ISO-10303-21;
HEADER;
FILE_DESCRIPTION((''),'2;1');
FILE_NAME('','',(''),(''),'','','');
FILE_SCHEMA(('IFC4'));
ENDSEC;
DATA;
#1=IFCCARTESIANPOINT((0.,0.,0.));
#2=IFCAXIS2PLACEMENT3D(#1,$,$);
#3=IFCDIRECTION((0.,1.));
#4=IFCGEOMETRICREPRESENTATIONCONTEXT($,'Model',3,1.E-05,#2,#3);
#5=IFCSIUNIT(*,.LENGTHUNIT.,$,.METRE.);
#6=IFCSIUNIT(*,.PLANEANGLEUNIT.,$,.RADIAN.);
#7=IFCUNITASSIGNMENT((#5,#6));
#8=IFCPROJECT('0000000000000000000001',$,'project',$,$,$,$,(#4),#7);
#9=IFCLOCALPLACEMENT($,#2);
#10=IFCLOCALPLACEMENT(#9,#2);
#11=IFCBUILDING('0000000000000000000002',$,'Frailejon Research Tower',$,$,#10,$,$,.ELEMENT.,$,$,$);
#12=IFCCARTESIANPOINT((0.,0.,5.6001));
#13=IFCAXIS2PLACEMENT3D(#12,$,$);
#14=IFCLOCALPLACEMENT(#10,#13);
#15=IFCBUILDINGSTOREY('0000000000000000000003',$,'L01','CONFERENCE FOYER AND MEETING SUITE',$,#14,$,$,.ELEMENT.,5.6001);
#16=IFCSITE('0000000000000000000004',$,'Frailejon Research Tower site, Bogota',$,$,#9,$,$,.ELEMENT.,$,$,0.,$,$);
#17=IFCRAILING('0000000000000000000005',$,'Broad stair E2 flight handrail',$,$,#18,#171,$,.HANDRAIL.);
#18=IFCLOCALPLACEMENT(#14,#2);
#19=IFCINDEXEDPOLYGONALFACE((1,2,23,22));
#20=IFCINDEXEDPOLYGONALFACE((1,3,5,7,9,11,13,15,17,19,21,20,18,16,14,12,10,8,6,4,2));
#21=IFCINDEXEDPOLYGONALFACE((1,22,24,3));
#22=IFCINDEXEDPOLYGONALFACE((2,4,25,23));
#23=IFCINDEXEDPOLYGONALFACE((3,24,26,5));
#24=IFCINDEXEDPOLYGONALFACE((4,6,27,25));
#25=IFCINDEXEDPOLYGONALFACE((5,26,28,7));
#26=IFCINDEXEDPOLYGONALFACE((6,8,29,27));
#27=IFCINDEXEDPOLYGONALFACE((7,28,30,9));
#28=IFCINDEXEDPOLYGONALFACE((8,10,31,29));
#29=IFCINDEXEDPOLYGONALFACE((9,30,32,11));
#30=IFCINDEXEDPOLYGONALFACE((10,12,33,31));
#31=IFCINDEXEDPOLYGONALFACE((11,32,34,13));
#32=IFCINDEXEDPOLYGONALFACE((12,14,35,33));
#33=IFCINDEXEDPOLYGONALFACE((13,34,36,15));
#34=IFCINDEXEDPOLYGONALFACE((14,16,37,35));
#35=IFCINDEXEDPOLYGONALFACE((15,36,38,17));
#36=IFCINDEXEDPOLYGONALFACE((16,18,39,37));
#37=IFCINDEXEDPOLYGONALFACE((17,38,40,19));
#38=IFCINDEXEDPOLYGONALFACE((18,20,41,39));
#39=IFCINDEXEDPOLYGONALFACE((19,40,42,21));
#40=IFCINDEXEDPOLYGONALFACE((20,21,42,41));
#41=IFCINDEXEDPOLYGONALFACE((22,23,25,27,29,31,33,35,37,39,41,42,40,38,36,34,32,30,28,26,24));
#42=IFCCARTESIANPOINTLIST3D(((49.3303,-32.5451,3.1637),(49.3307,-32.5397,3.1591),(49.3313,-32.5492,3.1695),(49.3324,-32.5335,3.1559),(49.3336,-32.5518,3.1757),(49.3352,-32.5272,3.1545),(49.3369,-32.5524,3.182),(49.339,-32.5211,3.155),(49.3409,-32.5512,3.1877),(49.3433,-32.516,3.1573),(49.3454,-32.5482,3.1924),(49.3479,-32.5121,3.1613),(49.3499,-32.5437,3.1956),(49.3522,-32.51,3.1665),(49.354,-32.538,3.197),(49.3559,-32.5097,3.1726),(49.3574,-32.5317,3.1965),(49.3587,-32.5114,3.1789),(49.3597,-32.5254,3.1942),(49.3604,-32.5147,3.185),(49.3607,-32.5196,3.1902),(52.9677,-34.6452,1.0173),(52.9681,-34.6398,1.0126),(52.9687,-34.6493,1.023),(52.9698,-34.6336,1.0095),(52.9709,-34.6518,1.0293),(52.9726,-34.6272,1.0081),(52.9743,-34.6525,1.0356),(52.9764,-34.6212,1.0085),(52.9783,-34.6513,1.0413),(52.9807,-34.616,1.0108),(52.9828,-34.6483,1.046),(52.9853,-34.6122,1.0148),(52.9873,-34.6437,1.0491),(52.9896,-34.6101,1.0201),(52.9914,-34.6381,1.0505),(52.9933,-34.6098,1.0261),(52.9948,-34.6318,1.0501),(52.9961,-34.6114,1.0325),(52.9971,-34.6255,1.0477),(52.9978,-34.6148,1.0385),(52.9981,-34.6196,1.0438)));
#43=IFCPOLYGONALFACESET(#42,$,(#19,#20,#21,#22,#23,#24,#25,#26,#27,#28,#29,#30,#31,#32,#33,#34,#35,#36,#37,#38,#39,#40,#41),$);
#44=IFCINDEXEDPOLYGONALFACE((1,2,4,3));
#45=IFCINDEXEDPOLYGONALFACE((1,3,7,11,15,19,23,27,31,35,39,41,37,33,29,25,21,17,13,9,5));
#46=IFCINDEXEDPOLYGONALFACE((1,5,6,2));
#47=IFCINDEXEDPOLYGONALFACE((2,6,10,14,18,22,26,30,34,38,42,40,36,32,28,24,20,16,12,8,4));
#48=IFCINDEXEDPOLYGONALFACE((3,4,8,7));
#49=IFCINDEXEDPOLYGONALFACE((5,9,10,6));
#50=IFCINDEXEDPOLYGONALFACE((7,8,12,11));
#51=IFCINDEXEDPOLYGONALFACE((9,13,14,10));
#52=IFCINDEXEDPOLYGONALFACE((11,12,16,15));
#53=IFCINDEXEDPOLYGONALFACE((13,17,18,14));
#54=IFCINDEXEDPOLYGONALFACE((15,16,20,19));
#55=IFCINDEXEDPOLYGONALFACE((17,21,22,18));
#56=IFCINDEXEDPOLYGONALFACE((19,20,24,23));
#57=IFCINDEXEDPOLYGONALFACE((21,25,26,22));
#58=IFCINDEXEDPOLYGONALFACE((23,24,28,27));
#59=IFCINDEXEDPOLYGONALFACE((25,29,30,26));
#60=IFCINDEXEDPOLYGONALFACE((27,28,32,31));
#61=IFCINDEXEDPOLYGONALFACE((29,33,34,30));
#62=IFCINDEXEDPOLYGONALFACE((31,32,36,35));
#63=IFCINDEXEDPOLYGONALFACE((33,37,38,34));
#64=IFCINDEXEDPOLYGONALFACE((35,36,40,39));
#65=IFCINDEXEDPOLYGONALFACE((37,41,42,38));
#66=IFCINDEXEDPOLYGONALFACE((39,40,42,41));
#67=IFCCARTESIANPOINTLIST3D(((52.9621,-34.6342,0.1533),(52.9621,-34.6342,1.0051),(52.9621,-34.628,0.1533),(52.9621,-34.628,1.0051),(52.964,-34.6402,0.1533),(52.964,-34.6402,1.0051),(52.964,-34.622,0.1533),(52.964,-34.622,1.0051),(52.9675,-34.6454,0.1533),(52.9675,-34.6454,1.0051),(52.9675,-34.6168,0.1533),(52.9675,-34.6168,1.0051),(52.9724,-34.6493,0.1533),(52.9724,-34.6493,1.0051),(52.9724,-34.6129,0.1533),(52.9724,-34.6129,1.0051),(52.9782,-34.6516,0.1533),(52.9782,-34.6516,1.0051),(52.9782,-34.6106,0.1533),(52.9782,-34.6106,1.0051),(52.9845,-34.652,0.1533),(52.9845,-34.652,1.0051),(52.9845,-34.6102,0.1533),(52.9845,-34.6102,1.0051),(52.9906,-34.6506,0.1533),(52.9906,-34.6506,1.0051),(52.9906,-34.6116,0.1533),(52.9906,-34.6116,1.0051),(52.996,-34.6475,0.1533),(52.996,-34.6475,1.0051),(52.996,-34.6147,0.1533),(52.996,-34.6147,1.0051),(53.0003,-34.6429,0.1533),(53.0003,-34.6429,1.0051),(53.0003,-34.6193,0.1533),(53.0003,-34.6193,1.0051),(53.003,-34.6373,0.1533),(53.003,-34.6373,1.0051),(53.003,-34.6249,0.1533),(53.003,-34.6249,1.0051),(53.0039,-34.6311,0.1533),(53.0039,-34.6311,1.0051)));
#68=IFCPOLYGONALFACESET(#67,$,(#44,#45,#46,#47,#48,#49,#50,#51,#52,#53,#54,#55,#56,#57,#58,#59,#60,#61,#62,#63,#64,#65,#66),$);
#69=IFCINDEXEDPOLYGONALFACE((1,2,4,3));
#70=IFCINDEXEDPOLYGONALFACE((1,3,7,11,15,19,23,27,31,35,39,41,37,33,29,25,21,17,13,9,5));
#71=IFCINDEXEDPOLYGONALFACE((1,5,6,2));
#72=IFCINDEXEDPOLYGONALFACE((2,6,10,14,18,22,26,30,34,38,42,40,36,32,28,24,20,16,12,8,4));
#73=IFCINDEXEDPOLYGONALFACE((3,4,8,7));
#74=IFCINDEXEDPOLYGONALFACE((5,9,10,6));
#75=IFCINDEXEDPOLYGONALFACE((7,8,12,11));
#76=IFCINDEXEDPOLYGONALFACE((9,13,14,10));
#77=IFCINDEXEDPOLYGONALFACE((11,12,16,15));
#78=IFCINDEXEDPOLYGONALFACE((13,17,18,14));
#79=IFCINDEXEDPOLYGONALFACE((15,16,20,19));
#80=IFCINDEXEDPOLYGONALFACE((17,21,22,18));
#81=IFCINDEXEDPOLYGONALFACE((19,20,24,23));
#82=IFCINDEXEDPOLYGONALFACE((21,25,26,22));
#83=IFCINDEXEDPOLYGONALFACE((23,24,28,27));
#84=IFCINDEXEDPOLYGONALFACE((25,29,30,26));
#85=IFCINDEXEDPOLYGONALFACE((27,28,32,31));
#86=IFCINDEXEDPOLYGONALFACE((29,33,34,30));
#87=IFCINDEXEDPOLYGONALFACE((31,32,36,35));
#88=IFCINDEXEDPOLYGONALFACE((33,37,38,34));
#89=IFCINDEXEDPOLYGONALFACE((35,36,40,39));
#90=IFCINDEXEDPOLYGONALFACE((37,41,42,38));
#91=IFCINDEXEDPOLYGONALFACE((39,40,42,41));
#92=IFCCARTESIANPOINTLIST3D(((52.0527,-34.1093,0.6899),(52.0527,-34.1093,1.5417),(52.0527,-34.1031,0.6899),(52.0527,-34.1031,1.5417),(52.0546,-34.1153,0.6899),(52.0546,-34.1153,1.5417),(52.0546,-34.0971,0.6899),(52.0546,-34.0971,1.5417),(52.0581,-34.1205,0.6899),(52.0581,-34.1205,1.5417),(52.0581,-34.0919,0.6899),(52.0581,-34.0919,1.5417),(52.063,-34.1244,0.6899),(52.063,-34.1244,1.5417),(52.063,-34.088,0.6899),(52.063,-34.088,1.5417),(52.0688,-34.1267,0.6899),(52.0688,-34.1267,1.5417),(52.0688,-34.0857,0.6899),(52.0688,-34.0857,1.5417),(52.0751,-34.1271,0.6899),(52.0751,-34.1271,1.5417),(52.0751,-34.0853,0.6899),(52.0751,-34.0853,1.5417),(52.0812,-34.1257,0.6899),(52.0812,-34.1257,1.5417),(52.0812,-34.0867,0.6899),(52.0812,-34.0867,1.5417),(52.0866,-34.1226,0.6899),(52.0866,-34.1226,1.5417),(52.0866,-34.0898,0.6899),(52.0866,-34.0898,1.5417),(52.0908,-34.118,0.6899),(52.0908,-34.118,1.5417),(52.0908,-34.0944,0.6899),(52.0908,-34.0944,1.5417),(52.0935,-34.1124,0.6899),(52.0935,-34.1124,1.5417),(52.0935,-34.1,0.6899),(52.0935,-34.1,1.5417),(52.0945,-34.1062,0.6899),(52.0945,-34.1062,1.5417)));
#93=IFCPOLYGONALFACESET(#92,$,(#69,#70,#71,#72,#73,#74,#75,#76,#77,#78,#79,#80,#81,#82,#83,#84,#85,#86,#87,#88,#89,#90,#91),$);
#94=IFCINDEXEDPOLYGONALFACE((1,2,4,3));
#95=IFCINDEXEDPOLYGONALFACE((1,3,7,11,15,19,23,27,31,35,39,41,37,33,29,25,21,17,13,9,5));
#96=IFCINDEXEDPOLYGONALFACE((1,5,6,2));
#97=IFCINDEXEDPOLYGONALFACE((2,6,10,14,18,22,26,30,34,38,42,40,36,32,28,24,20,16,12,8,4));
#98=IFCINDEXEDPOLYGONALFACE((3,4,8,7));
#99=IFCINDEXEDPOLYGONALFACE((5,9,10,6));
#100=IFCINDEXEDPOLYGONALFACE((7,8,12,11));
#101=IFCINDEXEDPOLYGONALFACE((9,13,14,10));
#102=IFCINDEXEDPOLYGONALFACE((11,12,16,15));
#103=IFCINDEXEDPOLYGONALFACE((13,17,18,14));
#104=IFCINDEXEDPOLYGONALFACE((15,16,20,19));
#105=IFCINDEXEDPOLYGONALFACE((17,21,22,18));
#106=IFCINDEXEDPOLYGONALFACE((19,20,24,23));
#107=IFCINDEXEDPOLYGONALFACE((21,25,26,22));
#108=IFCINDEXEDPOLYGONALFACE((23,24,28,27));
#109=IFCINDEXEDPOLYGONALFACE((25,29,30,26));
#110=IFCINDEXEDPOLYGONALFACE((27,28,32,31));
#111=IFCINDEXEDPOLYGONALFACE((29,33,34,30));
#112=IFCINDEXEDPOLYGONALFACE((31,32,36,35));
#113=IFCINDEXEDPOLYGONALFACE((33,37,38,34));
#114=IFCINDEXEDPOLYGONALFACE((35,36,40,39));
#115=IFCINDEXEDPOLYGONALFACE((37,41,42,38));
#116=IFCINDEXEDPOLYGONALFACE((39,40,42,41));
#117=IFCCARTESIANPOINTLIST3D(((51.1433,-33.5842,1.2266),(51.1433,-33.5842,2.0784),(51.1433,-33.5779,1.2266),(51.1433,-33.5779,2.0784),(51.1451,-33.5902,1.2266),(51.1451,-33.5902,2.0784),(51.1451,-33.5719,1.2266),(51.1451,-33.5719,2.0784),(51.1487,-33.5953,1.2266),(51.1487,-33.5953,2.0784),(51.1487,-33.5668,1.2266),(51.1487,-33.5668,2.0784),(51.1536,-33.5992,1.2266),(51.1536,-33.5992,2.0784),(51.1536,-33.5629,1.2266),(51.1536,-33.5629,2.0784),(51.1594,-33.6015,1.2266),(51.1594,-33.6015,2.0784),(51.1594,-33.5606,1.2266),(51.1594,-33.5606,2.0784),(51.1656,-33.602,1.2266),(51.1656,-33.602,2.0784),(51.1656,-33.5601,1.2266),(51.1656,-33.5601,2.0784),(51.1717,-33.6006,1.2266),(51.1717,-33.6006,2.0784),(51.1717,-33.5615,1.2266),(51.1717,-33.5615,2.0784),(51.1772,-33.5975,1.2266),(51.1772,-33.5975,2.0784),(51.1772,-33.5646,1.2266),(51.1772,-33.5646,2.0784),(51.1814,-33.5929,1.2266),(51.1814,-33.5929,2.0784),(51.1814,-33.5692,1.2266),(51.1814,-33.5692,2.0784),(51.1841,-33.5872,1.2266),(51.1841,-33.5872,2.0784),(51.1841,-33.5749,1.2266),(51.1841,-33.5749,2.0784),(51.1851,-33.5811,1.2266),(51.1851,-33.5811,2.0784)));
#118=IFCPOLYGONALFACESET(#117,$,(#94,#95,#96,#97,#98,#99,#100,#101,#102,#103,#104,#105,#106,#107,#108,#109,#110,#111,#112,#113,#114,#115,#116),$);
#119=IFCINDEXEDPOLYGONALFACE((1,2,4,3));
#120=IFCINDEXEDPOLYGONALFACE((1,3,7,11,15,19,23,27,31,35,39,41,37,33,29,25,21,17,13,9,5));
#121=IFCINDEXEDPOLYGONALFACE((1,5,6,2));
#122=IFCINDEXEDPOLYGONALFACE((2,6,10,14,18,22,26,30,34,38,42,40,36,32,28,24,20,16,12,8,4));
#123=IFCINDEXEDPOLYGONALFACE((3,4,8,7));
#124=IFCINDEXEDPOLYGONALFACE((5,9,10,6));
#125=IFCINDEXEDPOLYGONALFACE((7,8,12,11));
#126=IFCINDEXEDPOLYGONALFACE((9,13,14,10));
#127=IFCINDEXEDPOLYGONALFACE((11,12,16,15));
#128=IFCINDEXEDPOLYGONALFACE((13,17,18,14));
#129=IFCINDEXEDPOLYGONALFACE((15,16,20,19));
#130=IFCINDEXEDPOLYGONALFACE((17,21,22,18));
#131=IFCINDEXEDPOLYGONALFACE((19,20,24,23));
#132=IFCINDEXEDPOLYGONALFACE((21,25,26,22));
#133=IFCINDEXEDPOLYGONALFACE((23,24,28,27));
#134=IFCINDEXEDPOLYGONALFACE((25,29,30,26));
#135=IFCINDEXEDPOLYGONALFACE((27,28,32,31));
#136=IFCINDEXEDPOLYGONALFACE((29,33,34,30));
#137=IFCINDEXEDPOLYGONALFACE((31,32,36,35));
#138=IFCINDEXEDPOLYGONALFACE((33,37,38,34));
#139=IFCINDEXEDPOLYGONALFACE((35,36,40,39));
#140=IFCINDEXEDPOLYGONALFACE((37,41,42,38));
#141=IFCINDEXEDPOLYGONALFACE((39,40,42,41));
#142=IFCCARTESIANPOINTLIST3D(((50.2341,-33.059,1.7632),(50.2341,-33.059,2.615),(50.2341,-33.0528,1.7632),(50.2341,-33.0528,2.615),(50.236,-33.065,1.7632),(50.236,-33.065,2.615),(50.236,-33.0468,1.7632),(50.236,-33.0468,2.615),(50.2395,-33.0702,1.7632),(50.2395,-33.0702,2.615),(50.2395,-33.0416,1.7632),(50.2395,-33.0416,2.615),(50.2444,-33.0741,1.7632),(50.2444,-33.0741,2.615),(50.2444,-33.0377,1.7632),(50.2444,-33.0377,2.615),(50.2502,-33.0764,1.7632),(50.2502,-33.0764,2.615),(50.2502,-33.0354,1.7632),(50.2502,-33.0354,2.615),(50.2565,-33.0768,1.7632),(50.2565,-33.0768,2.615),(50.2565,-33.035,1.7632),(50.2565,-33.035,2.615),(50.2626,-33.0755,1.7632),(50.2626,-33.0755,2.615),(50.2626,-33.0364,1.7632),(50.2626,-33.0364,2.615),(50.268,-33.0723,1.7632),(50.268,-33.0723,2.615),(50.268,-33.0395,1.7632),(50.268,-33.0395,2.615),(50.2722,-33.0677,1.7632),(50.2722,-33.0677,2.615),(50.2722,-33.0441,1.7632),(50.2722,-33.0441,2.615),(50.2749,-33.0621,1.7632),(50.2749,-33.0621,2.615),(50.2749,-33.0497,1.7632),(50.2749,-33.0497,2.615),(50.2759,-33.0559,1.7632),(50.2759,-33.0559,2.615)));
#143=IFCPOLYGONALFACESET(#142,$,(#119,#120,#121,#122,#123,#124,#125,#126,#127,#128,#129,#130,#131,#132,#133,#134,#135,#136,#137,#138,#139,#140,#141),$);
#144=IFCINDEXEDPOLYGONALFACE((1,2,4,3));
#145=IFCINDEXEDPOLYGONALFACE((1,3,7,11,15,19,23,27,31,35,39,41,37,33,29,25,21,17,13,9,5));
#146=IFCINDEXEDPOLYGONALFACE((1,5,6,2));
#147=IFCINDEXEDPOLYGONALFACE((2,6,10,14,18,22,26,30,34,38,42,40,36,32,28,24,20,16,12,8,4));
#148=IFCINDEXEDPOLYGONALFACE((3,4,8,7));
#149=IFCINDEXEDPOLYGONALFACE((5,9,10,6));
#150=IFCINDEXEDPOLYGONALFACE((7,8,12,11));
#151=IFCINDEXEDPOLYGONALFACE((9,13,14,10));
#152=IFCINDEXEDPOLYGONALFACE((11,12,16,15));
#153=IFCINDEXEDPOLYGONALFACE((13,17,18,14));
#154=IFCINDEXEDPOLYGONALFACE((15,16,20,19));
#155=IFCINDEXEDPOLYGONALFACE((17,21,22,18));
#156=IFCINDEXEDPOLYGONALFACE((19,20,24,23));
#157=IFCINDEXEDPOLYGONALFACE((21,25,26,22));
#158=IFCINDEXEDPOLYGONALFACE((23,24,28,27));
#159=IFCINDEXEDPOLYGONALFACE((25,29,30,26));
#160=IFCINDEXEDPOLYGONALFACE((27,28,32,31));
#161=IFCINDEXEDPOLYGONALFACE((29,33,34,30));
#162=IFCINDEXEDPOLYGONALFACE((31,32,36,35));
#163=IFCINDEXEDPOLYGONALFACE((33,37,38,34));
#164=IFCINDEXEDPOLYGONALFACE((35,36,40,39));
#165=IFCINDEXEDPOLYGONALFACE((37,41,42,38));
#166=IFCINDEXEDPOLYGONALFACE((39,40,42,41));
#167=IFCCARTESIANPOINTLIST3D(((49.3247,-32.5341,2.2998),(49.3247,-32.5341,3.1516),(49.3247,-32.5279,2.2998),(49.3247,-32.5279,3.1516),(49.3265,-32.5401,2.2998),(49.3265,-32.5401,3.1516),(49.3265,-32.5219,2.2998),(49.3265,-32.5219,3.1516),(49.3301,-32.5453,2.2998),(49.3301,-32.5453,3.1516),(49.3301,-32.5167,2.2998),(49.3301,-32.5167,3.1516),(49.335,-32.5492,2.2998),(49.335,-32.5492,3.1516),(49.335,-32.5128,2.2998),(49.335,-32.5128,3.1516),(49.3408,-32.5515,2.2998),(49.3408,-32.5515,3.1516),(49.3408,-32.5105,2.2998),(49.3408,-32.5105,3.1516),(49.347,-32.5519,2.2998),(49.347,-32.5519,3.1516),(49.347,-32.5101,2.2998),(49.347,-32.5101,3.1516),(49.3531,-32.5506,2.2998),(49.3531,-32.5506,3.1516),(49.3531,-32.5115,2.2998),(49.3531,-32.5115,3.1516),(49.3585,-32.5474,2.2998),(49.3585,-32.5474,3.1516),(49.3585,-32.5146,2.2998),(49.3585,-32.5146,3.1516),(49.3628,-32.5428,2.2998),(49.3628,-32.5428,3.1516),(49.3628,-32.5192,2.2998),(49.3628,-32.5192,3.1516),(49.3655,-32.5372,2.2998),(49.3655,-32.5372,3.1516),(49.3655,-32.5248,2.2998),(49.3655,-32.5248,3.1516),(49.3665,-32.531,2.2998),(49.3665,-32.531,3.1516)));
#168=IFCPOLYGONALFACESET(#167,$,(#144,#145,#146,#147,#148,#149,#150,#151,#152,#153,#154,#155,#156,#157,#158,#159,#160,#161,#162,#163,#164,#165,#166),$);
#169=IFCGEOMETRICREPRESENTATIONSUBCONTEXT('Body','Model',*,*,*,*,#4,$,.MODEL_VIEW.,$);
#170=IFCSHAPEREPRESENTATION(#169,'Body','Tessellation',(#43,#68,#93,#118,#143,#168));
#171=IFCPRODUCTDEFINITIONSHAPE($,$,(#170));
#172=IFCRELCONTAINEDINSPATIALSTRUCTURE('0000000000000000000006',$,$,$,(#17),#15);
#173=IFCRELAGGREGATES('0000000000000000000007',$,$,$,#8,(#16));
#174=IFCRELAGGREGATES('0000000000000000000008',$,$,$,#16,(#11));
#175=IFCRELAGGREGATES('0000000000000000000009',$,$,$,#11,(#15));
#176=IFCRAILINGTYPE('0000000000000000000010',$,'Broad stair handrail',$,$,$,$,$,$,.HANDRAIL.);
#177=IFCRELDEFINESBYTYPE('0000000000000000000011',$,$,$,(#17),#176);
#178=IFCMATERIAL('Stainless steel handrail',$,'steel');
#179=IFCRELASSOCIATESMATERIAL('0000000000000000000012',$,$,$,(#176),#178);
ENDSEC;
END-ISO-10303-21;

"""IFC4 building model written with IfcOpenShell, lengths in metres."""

from ifc_helpers import new_model, si_unit, direction, frame, origin, origin_2d, place, context, subcontext, project, spatial, circle, extrude, material, type_object, element, save


model = new_model("IFC4")

# Units and contexts
model_context = context("Model", 3, precision=1e-05, world=origin(), true_north=direction((0.0, 1.0)))
body_context = subcontext(model_context, "Body", "Model", "MODEL_VIEW")
ifc_project = project(units=[si_unit("LENGTHUNIT", "METRE"), si_unit("PLANEANGLEUNIT", "RADIAN")], contexts=[model_context])

# Site, building, storey
site_placement = place(None, origin())
site = spatial("IfcSite", under=ifc_project, at=site_placement, Name="Frailejon Research Tower site, Bogota", CompositionType="ELEMENT", RefElevation=0.0)
building_placement = place(site_placement, origin())
building = spatial("IfcBuilding", under=site, at=building_placement, Name="Frailejon Research Tower", CompositionType="ELEMENT")
storey_placement = place(building_placement, frame((0.0, 0.0, 5.6001)))
storey = spatial("IfcBuildingStorey", under=building, at=storey_placement, Name="L01", Description="CONFERENCE FOYER AND MEETING SUITE", CompositionType="ELEMENT", Elevation=5.6001)

# Railing
ifc_material_1 = material(Name="Stainless steel handrail", Category="steel")
railing_type_1 = type_object("IfcRailingType", Name="Broad stair handrail", PredefinedType="HANDRAIL", material=ifc_material_1)
railing_1_placement = place(storey_placement, frame((52.9829, -34.6311, 0.1533)))
element("IfcRailing", 1, at=railing_1_placement, inside=storey, type_object=railing_type_1, Name="Broad stair E2 flight handrail", PredefinedType="HANDRAIL", context=body_context, shape_type="SweptSolid", body=[
    extrude(circle(Radius=0.0239, at=origin_2d()), frame((0.0, 0.0, 0.876), z_axis=(-0.771158, 0.445231, 0.455065), x_axis=(-0.500003, -0.866024, 0.0)), (0.0, 0.0, 1.0), 4.7168),
    extrude(circle(Radius=0.021, at=origin_2d()), origin(), (0.0, 0.0, 1.0), 0.8518),
    extrude(circle(Radius=0.021, at=origin_2d()), frame((-0.9094, 0.5249, 0.5366)), (0.0, 0.0, 1.0), 0.8518),
    extrude(circle(Radius=0.021, at=origin_2d()), frame((-1.8188, 1.05, 1.0732)), (0.0, 0.0, 1.0), 0.8518),
    extrude(circle(Radius=0.021, at=origin_2d()), frame((-2.728, 1.5752, 1.6099)), (0.0, 0.0, 1.0), 0.8518),
    extrude(circle(Radius=0.021, at=origin_2d()), frame((-3.6375, 2.1001, 2.1465)), (0.0, 0.0, 1.0), 0.8518),
])

save(model, "model.ifc")
